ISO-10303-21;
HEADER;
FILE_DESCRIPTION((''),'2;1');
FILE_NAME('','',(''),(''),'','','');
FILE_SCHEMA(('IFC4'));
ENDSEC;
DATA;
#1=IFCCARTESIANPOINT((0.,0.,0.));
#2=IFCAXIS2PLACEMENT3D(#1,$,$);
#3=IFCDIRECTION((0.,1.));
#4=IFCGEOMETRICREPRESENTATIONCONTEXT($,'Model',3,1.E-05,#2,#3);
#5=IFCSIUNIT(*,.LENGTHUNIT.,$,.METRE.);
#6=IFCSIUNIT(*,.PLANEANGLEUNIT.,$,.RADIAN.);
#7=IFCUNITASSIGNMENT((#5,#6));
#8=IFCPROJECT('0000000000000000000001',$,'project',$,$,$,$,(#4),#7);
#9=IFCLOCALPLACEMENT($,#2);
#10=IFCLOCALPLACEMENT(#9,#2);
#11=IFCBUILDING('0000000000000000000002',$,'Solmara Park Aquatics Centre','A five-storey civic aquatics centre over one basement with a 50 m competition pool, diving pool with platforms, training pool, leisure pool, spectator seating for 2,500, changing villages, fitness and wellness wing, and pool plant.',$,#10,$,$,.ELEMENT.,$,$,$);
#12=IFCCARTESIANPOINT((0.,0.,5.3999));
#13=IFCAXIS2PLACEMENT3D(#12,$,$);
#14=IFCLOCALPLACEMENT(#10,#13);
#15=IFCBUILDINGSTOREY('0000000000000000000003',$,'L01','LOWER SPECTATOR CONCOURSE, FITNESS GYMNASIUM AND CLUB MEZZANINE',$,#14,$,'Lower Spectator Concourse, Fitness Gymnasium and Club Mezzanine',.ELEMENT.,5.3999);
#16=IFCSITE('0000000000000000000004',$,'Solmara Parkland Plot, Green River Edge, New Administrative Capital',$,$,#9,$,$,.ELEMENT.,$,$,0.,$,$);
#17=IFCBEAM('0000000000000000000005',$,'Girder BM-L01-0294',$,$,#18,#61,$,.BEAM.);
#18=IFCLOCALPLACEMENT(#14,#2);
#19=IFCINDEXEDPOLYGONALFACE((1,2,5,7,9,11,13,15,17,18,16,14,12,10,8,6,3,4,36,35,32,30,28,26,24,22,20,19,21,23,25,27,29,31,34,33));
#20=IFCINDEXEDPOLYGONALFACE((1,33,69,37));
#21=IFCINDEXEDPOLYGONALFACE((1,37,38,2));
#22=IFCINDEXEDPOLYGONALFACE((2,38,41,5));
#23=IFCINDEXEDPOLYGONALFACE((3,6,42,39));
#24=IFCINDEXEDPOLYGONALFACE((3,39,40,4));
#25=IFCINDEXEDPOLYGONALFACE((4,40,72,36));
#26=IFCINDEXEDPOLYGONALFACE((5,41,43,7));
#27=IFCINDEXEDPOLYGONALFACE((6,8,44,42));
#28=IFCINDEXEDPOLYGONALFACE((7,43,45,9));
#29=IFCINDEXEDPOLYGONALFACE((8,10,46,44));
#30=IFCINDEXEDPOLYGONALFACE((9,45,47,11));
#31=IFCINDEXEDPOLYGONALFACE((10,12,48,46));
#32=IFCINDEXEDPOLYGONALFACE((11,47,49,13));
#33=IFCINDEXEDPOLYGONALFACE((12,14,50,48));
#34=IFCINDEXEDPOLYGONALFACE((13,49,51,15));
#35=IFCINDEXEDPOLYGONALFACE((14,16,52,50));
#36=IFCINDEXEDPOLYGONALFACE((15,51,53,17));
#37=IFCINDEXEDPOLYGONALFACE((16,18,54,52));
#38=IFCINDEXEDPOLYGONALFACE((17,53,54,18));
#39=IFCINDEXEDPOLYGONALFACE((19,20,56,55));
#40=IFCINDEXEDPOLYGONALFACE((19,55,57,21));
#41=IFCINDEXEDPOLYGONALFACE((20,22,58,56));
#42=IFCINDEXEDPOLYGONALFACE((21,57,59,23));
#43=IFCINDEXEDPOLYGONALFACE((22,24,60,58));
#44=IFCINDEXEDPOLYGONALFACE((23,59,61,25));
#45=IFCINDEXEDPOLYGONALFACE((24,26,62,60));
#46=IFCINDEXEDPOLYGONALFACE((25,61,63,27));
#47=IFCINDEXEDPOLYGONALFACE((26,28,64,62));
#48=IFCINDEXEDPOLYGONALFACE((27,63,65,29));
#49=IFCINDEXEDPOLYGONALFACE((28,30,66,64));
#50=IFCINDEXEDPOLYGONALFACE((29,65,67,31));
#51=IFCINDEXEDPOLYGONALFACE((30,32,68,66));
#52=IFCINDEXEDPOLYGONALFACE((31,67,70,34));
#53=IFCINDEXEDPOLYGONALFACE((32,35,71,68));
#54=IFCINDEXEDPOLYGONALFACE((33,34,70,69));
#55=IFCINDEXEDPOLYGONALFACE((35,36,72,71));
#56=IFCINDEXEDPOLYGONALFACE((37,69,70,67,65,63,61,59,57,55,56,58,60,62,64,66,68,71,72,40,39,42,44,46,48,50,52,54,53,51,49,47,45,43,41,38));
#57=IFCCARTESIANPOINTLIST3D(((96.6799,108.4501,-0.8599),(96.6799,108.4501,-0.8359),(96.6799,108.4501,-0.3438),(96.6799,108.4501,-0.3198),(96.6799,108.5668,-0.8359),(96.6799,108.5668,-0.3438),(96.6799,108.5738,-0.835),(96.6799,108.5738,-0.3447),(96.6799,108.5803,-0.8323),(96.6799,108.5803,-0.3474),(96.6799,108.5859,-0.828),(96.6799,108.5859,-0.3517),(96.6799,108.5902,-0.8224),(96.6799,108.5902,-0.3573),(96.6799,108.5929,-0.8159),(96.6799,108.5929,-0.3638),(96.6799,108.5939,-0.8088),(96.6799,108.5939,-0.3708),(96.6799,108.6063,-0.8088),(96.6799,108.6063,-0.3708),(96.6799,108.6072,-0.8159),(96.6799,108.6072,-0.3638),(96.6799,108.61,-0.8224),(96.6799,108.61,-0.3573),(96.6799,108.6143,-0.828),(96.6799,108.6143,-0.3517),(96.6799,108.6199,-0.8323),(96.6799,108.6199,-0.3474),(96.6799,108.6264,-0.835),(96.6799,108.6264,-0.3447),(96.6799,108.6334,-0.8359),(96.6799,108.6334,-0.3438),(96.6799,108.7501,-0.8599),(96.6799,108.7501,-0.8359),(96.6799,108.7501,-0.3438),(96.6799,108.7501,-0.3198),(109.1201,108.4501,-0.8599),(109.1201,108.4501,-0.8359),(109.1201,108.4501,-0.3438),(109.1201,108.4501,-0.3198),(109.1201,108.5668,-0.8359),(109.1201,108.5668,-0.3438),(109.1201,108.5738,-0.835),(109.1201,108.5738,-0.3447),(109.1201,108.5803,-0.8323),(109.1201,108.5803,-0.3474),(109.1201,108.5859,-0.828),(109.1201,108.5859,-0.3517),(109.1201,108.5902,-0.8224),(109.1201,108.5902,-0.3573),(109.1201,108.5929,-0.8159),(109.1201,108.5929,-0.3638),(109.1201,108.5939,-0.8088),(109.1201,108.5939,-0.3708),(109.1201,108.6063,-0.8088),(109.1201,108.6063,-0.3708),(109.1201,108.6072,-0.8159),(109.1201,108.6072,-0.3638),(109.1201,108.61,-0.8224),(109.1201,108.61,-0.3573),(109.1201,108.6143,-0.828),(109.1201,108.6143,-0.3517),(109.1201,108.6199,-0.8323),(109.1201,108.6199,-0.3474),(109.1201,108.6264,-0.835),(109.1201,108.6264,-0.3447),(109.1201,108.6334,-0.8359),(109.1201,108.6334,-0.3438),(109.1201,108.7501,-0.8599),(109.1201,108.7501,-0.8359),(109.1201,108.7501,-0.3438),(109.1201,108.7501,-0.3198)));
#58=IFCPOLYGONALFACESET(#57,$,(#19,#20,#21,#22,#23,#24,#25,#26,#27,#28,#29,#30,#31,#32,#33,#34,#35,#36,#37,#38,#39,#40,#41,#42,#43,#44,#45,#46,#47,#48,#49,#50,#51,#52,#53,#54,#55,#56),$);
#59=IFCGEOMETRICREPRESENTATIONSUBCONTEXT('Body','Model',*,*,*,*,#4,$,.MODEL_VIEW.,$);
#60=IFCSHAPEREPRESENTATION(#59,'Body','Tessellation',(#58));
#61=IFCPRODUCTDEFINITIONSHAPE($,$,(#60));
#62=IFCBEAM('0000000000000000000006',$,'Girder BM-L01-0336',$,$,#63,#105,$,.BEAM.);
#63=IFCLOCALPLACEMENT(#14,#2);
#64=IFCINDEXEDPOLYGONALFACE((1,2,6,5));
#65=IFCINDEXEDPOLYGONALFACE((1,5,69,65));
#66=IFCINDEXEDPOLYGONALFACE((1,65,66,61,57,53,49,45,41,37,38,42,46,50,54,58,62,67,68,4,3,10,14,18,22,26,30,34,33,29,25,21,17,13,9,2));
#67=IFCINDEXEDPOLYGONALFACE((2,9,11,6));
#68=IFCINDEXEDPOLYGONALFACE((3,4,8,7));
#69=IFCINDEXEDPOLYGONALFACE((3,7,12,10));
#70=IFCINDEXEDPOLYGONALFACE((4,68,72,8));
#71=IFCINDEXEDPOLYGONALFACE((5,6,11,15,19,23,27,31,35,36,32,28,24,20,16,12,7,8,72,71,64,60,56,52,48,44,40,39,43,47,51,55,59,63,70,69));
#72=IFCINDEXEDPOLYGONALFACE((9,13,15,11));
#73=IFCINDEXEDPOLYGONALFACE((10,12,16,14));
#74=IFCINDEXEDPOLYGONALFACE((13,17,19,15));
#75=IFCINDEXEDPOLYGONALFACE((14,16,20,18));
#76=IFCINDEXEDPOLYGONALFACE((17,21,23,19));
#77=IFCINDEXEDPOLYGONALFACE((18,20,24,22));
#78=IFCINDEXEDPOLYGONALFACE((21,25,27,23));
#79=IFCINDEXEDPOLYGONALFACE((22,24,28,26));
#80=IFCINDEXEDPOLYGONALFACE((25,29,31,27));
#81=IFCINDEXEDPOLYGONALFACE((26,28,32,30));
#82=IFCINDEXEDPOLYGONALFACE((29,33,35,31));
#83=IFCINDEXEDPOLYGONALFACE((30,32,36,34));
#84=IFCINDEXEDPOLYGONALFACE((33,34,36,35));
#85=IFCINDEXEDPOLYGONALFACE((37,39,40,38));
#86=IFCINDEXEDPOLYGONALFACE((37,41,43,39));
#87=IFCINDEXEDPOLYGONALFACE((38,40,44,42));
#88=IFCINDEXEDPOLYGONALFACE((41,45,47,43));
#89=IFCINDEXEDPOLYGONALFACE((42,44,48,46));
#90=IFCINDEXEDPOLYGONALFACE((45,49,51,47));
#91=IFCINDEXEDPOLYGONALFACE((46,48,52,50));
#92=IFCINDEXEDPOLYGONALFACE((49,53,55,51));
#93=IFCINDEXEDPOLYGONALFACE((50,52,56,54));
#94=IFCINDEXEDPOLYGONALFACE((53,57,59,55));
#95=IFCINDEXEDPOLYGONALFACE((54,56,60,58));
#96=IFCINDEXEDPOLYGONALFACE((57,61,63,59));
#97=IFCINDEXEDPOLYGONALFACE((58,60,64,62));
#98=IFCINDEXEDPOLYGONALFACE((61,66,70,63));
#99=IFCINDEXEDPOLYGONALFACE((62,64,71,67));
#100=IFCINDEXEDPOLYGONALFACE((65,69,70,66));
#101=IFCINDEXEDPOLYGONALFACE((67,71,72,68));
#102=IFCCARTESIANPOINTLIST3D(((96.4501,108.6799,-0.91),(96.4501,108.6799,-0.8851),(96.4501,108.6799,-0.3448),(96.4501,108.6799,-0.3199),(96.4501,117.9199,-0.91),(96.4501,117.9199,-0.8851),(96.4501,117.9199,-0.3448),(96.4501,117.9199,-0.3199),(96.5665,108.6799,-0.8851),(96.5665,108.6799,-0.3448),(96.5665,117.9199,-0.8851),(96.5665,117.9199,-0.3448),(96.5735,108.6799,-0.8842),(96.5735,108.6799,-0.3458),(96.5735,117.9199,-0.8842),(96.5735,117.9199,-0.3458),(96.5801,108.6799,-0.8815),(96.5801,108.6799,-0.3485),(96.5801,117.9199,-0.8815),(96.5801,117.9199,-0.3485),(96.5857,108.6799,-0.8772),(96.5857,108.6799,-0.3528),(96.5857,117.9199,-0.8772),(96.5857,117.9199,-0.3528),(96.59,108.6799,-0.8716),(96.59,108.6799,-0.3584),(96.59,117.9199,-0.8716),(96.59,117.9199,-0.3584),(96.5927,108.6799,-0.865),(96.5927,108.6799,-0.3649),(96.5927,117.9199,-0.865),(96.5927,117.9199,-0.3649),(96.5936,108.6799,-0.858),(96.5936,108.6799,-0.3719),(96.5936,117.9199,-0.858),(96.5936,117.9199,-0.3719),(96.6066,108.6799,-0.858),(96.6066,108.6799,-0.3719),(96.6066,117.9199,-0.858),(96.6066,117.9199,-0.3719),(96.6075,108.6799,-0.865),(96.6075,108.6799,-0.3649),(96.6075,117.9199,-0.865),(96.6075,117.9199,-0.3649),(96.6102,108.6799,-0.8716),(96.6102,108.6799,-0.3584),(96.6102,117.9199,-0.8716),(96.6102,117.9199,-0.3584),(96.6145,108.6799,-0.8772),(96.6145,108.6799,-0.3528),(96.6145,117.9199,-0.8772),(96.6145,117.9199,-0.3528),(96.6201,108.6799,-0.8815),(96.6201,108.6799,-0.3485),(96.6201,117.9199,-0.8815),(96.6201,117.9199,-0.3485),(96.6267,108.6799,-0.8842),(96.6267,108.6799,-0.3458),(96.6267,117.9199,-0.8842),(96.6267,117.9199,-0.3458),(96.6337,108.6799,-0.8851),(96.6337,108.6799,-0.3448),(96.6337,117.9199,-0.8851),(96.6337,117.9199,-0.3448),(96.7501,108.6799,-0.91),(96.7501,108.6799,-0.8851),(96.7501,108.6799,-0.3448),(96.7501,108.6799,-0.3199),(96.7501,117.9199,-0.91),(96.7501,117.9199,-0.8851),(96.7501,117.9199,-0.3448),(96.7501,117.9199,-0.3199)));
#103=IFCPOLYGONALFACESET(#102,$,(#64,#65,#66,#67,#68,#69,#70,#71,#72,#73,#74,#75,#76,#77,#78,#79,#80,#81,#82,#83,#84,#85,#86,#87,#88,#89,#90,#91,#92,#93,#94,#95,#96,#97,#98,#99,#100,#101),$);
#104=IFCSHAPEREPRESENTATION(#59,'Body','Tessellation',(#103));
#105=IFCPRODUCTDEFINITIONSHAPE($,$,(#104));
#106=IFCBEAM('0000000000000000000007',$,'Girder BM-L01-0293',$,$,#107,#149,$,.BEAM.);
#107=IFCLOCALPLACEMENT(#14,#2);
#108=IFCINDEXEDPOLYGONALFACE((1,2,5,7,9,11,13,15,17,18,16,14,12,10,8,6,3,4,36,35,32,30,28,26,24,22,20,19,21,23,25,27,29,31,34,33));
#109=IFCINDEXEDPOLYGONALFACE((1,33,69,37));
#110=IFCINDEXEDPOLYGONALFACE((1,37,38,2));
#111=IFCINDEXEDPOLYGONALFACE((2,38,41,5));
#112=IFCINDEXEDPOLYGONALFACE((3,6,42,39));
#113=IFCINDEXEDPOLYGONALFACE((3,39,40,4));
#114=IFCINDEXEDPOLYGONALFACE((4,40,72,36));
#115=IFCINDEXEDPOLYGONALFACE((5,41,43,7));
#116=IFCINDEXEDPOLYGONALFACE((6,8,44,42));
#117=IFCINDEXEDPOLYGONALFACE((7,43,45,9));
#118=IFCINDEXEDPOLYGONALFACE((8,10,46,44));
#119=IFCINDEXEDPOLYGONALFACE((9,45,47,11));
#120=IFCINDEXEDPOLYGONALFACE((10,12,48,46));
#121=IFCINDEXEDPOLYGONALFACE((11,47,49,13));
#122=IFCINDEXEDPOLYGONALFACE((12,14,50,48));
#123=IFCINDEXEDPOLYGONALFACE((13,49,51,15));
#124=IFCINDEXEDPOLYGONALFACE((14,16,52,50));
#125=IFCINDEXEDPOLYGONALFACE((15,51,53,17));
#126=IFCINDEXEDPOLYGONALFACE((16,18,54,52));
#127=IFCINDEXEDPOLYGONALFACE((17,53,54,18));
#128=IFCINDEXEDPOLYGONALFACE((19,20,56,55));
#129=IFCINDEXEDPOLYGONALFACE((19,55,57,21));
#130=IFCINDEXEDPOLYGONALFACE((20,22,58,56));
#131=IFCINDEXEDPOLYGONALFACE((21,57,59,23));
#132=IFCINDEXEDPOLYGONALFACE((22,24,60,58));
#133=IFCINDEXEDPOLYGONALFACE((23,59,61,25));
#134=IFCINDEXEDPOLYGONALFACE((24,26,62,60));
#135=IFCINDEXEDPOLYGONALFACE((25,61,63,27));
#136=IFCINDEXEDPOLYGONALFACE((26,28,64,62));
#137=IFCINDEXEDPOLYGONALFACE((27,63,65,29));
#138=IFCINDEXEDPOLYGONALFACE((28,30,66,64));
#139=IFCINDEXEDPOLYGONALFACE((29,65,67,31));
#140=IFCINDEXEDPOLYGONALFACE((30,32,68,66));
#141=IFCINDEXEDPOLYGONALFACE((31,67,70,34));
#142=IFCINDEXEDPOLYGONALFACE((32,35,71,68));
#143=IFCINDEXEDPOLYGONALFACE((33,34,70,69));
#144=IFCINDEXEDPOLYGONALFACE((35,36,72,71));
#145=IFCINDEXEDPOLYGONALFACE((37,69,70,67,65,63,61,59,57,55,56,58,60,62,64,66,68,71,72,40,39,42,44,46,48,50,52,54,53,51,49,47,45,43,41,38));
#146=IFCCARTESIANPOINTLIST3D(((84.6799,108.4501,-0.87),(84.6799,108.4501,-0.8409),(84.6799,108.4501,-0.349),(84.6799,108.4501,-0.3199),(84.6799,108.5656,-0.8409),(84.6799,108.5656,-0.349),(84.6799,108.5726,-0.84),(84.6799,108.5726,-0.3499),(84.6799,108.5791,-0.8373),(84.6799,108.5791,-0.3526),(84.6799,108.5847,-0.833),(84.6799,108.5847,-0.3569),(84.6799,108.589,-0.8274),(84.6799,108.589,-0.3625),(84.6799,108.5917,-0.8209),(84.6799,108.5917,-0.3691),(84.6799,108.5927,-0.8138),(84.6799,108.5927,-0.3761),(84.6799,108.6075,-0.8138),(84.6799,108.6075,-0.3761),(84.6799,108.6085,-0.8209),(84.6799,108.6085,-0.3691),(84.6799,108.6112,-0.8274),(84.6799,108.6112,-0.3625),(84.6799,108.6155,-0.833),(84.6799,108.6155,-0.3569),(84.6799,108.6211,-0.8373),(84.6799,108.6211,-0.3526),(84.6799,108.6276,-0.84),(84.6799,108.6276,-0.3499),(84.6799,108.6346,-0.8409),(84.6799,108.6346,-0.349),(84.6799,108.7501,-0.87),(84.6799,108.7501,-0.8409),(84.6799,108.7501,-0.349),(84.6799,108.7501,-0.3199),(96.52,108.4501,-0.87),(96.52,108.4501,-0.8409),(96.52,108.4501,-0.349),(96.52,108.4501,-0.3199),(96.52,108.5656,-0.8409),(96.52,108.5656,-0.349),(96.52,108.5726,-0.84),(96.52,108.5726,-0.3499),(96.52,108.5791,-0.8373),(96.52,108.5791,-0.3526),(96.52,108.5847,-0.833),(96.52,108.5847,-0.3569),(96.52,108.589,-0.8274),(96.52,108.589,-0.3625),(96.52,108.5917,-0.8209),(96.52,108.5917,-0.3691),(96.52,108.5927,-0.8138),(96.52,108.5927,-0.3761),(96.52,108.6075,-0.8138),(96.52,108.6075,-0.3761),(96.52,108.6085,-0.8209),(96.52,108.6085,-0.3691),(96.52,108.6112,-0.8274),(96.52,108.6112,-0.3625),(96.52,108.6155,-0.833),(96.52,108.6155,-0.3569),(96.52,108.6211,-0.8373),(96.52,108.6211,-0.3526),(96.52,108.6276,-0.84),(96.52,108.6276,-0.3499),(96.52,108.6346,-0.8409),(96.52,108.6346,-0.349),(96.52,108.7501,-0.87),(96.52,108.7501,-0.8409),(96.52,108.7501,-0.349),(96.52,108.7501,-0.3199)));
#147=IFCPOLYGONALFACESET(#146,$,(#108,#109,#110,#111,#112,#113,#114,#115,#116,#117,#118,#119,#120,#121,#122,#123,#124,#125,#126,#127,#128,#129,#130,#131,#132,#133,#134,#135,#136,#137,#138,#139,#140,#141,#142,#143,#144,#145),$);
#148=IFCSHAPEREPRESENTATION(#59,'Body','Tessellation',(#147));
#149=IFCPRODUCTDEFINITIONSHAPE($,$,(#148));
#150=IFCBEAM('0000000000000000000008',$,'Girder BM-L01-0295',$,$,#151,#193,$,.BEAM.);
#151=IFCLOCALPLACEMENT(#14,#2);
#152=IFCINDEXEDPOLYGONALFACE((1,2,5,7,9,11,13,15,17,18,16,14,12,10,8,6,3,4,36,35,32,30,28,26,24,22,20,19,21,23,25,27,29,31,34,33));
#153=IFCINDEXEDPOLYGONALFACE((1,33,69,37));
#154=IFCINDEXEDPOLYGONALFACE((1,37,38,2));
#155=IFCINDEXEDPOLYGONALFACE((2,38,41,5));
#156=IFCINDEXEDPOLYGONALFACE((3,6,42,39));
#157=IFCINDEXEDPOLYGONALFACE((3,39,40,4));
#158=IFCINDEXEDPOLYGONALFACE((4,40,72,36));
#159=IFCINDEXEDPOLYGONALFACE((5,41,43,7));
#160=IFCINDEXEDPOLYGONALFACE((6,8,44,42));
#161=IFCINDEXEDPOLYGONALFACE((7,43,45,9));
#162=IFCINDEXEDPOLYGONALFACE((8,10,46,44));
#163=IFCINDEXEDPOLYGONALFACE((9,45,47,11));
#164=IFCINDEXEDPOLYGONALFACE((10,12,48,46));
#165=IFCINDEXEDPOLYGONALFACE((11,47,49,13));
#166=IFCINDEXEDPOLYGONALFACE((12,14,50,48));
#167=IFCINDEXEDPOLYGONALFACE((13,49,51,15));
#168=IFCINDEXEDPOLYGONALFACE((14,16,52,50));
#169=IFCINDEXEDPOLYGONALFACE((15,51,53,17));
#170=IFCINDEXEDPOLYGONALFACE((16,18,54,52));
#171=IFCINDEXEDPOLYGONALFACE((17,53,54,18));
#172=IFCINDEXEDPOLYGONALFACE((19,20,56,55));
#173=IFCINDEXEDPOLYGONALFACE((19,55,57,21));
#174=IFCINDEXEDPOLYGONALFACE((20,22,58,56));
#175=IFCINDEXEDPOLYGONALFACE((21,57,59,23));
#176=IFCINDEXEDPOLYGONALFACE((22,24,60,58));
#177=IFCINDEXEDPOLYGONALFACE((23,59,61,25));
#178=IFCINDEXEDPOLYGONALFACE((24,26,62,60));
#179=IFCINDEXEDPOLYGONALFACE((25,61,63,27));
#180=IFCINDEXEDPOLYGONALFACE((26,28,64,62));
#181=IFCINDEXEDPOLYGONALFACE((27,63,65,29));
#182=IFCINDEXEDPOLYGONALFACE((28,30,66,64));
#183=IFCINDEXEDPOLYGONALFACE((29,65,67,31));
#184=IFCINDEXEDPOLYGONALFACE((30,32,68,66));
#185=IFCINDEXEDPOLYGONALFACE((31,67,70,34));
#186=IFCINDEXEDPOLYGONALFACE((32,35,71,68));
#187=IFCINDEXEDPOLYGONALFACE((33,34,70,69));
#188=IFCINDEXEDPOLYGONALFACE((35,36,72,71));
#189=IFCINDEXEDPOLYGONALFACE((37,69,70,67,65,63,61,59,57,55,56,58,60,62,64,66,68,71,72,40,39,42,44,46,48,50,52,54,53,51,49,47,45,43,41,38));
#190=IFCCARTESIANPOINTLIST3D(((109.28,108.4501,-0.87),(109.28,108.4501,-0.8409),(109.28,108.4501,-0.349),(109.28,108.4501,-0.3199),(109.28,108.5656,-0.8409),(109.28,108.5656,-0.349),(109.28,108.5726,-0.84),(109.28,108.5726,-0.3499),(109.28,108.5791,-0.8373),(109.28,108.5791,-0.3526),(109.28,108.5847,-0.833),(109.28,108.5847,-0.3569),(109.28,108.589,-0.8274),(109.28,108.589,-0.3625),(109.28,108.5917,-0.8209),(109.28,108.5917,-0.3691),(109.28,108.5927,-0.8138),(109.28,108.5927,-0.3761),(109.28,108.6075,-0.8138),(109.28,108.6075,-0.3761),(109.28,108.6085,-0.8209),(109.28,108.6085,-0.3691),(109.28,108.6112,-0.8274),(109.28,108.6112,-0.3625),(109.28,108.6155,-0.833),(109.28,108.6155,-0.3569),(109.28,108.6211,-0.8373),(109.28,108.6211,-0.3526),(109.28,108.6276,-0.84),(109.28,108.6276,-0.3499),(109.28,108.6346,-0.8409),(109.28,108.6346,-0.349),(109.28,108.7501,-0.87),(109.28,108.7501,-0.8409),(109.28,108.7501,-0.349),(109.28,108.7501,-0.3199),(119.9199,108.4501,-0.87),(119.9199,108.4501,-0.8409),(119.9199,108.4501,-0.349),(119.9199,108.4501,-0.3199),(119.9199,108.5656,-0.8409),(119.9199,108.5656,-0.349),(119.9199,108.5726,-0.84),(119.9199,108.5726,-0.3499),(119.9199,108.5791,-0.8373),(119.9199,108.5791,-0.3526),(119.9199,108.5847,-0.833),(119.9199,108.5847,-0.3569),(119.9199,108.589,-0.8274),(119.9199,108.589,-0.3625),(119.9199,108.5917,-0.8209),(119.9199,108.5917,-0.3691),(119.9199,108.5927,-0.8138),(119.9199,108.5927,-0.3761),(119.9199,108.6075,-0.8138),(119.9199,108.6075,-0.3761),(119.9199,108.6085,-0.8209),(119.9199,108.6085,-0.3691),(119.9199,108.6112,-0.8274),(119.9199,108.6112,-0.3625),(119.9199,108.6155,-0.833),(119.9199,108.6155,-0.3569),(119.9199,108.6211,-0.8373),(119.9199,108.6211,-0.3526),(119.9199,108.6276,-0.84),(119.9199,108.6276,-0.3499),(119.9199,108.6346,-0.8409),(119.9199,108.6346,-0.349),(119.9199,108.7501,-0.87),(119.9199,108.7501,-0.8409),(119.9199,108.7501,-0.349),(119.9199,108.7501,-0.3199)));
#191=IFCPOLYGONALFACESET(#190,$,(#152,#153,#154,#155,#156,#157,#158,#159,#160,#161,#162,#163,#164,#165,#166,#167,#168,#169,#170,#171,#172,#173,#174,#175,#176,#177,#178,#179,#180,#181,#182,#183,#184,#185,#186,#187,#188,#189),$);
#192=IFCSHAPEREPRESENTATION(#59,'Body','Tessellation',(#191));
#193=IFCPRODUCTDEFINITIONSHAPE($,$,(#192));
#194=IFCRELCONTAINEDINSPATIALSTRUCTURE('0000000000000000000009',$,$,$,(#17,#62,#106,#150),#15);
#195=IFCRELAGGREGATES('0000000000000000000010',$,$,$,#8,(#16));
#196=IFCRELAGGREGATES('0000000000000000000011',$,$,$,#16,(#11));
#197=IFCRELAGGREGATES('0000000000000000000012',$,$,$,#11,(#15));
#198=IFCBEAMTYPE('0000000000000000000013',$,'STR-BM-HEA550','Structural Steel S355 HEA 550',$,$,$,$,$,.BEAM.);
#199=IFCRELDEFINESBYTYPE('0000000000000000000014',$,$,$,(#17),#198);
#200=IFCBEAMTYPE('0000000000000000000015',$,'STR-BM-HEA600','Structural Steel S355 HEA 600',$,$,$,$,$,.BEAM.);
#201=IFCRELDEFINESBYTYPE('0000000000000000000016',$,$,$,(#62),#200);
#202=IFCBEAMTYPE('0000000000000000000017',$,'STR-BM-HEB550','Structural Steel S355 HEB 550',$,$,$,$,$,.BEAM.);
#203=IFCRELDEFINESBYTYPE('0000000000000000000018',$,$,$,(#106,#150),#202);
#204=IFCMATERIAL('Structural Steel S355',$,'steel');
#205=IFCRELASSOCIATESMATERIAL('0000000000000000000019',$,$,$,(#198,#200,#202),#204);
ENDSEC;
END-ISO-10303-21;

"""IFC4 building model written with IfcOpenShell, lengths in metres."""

from ifc_helpers import new_model, si_unit, direction, frame, origin, origin_2d, place, context, subcontext, project, spatial, i_section, extrude, material, material_profile, profile_set, type_object, element, save


model = new_model("IFC4")

# Units and contexts
model_context = context("Model", 3, precision=1e-05, world=origin(), true_north=direction((0.0, 1.0)))
body_context = subcontext(model_context, "Body", "Model", "MODEL_VIEW")
ifc_project = project(units=[si_unit("LENGTHUNIT", "METRE"), si_unit("PLANEANGLEUNIT", "RADIAN")], contexts=[model_context])

# Site, building, storey
site_placement = place(None, origin())
site = spatial("IfcSite", under=ifc_project, at=site_placement, Name="Solmara Parkland Plot, Green River Edge, New Administrative Capital", CompositionType="ELEMENT", RefElevation=0.0)
building_placement = place(site_placement, origin())
building = spatial("IfcBuilding", under=site, at=building_placement, Name="Solmara Park Aquatics Centre", Description="A five-storey civic aquatics centre over one basement with a 50 m competition pool, diving pool with platforms, training pool, leisure pool, spectator seating for 2,500, changing villages, fitness and wellness wing, and pool plant.", CompositionType="ELEMENT")
storey_placement = place(building_placement, frame((0.0, 0.0, 5.3999)))
storey = spatial("IfcBuildingStorey", under=building, at=storey_placement, Name="L01", Description="LOWER SPECTATOR CONCOURSE, FITNESS GYMNASIUM AND CLUB MEZZANINE", LongName="Lower Spectator Concourse, Fitness Gymnasium and Club Mezzanine", CompositionType="ELEMENT", Elevation=5.3999)

# Shared definitions
ifc_material_1 = material(Name="Structural Steel S355", Category="steel")

# Beams
ifc_material_profile_1 = material_profile(ifc_material_1, i_section(OverallWidth=0.3, OverallDepth=0.54, WebThickness=0.0125, FlangeThickness=0.0239, FilletRadius=0.0271, at=origin_2d()), Name="HEA 550")
ifc_profile_set_1 = profile_set([ifc_material_profile_1], Name="Structural Steel S355")
beam_type_1 = type_object("IfcBeamType", Name="STR-BM-HEA550", Description="Structural Steel S355 HEA 550", PredefinedType="BEAM", material=ifc_profile_set_1)
beam_1_placement = place(storey_placement, frame((96.6799, 108.6001, -0.5898), z_axis=(1.0, 0.0, 0.0), x_axis=(0.0, 1.0, 0.0)))
element("IfcBeam", 1, at=beam_1_placement, inside=storey, type_object=beam_type_1, Name="Girder BM-L01-0294", PredefinedType="BEAM", context=body_context, shape_type="SweptSolid", body=[
    extrude(i_section(OverallWidth=0.3, OverallDepth=0.54, WebThickness=0.0125, FlangeThickness=0.0239, FilletRadius=0.0271, at=origin_2d()), origin(), (0.0, 0.0, 1.0), 12.4402),
])
ifc_material_profile_2 = material_profile(ifc_material_1, i_section(OverallWidth=0.3, OverallDepth=0.5901, WebThickness=0.0129, FlangeThickness=0.0249, FilletRadius=0.0271, at=origin_2d()), Name="HEA 600")
ifc_profile_set_2 = profile_set([ifc_material_profile_2], Name="Structural Steel S355")
beam_type_2 = type_object("IfcBeamType", Name="STR-BM-HEA600", Description="Structural Steel S355 HEA 600", PredefinedType="BEAM", material=ifc_profile_set_2)
beam_2_placement = place(storey_placement, frame((96.6001, 108.6799, -0.615), z_axis=(0.0, 1.0, 0.0), x_axis=(-1.0, 0.0, 0.0)))
element("IfcBeam", 2, at=beam_2_placement, inside=storey, type_object=beam_type_2, Name="Girder BM-L01-0336", PredefinedType="BEAM", context=body_context, shape_type="SweptSolid", body=[
    extrude(i_section(OverallWidth=0.3, OverallDepth=0.5901, WebThickness=0.0129, FlangeThickness=0.0249, FilletRadius=0.0271, at=origin_2d()), origin(), (0.0, 0.0, 1.0), 9.24),
])
ifc_material_profile_3 = material_profile(ifc_material_1, i_section(OverallWidth=0.3, OverallDepth=0.55, WebThickness=0.0149, FlangeThickness=0.0291, FilletRadius=0.0271, at=origin_2d()), Name="HEB 550")
ifc_profile_set_3 = profile_set([ifc_material_profile_3], Name="Structural Steel S355")
beam_type_3 = type_object("IfcBeamType", Name="STR-BM-HEB550", Description="Structural Steel S355 HEB 550", PredefinedType="BEAM", material=ifc_profile_set_3)
beam_3_placement = place(storey_placement, frame((84.6799, 108.6001, -0.595), z_axis=(1.0, 0.0, 0.0), x_axis=(0.0, 1.0, 0.0)))
element("IfcBeam", 3, at=beam_3_placement, inside=storey, type_object=beam_type_3, Name="Girder BM-L01-0293", PredefinedType="BEAM", context=body_context, shape_type="SweptSolid", body=[
    extrude(i_section(OverallWidth=0.3, OverallDepth=0.55, WebThickness=0.0149, FlangeThickness=0.0291, FilletRadius=0.0271, at=origin_2d()), origin(), (0.0, 0.0, 1.0), 11.8401),
])
beam_4_placement = place(storey_placement, frame((109.28, 108.6001, -0.595), z_axis=(1.0, 0.0, 0.0), x_axis=(0.0, 1.0, 0.0)))
element("IfcBeam", 4, at=beam_4_placement, inside=storey, type_object=beam_type_3, Name="Girder BM-L01-0295", PredefinedType="BEAM", context=body_context, shape_type="SweptSolid", body=[
    extrude(i_section(OverallWidth=0.3, OverallDepth=0.55, WebThickness=0.0149, FlangeThickness=0.0291, FilletRadius=0.0271, at=origin_2d()), origin(), (0.0, 0.0, 1.0), 10.6399),
])

save(model, "model.ifc")
